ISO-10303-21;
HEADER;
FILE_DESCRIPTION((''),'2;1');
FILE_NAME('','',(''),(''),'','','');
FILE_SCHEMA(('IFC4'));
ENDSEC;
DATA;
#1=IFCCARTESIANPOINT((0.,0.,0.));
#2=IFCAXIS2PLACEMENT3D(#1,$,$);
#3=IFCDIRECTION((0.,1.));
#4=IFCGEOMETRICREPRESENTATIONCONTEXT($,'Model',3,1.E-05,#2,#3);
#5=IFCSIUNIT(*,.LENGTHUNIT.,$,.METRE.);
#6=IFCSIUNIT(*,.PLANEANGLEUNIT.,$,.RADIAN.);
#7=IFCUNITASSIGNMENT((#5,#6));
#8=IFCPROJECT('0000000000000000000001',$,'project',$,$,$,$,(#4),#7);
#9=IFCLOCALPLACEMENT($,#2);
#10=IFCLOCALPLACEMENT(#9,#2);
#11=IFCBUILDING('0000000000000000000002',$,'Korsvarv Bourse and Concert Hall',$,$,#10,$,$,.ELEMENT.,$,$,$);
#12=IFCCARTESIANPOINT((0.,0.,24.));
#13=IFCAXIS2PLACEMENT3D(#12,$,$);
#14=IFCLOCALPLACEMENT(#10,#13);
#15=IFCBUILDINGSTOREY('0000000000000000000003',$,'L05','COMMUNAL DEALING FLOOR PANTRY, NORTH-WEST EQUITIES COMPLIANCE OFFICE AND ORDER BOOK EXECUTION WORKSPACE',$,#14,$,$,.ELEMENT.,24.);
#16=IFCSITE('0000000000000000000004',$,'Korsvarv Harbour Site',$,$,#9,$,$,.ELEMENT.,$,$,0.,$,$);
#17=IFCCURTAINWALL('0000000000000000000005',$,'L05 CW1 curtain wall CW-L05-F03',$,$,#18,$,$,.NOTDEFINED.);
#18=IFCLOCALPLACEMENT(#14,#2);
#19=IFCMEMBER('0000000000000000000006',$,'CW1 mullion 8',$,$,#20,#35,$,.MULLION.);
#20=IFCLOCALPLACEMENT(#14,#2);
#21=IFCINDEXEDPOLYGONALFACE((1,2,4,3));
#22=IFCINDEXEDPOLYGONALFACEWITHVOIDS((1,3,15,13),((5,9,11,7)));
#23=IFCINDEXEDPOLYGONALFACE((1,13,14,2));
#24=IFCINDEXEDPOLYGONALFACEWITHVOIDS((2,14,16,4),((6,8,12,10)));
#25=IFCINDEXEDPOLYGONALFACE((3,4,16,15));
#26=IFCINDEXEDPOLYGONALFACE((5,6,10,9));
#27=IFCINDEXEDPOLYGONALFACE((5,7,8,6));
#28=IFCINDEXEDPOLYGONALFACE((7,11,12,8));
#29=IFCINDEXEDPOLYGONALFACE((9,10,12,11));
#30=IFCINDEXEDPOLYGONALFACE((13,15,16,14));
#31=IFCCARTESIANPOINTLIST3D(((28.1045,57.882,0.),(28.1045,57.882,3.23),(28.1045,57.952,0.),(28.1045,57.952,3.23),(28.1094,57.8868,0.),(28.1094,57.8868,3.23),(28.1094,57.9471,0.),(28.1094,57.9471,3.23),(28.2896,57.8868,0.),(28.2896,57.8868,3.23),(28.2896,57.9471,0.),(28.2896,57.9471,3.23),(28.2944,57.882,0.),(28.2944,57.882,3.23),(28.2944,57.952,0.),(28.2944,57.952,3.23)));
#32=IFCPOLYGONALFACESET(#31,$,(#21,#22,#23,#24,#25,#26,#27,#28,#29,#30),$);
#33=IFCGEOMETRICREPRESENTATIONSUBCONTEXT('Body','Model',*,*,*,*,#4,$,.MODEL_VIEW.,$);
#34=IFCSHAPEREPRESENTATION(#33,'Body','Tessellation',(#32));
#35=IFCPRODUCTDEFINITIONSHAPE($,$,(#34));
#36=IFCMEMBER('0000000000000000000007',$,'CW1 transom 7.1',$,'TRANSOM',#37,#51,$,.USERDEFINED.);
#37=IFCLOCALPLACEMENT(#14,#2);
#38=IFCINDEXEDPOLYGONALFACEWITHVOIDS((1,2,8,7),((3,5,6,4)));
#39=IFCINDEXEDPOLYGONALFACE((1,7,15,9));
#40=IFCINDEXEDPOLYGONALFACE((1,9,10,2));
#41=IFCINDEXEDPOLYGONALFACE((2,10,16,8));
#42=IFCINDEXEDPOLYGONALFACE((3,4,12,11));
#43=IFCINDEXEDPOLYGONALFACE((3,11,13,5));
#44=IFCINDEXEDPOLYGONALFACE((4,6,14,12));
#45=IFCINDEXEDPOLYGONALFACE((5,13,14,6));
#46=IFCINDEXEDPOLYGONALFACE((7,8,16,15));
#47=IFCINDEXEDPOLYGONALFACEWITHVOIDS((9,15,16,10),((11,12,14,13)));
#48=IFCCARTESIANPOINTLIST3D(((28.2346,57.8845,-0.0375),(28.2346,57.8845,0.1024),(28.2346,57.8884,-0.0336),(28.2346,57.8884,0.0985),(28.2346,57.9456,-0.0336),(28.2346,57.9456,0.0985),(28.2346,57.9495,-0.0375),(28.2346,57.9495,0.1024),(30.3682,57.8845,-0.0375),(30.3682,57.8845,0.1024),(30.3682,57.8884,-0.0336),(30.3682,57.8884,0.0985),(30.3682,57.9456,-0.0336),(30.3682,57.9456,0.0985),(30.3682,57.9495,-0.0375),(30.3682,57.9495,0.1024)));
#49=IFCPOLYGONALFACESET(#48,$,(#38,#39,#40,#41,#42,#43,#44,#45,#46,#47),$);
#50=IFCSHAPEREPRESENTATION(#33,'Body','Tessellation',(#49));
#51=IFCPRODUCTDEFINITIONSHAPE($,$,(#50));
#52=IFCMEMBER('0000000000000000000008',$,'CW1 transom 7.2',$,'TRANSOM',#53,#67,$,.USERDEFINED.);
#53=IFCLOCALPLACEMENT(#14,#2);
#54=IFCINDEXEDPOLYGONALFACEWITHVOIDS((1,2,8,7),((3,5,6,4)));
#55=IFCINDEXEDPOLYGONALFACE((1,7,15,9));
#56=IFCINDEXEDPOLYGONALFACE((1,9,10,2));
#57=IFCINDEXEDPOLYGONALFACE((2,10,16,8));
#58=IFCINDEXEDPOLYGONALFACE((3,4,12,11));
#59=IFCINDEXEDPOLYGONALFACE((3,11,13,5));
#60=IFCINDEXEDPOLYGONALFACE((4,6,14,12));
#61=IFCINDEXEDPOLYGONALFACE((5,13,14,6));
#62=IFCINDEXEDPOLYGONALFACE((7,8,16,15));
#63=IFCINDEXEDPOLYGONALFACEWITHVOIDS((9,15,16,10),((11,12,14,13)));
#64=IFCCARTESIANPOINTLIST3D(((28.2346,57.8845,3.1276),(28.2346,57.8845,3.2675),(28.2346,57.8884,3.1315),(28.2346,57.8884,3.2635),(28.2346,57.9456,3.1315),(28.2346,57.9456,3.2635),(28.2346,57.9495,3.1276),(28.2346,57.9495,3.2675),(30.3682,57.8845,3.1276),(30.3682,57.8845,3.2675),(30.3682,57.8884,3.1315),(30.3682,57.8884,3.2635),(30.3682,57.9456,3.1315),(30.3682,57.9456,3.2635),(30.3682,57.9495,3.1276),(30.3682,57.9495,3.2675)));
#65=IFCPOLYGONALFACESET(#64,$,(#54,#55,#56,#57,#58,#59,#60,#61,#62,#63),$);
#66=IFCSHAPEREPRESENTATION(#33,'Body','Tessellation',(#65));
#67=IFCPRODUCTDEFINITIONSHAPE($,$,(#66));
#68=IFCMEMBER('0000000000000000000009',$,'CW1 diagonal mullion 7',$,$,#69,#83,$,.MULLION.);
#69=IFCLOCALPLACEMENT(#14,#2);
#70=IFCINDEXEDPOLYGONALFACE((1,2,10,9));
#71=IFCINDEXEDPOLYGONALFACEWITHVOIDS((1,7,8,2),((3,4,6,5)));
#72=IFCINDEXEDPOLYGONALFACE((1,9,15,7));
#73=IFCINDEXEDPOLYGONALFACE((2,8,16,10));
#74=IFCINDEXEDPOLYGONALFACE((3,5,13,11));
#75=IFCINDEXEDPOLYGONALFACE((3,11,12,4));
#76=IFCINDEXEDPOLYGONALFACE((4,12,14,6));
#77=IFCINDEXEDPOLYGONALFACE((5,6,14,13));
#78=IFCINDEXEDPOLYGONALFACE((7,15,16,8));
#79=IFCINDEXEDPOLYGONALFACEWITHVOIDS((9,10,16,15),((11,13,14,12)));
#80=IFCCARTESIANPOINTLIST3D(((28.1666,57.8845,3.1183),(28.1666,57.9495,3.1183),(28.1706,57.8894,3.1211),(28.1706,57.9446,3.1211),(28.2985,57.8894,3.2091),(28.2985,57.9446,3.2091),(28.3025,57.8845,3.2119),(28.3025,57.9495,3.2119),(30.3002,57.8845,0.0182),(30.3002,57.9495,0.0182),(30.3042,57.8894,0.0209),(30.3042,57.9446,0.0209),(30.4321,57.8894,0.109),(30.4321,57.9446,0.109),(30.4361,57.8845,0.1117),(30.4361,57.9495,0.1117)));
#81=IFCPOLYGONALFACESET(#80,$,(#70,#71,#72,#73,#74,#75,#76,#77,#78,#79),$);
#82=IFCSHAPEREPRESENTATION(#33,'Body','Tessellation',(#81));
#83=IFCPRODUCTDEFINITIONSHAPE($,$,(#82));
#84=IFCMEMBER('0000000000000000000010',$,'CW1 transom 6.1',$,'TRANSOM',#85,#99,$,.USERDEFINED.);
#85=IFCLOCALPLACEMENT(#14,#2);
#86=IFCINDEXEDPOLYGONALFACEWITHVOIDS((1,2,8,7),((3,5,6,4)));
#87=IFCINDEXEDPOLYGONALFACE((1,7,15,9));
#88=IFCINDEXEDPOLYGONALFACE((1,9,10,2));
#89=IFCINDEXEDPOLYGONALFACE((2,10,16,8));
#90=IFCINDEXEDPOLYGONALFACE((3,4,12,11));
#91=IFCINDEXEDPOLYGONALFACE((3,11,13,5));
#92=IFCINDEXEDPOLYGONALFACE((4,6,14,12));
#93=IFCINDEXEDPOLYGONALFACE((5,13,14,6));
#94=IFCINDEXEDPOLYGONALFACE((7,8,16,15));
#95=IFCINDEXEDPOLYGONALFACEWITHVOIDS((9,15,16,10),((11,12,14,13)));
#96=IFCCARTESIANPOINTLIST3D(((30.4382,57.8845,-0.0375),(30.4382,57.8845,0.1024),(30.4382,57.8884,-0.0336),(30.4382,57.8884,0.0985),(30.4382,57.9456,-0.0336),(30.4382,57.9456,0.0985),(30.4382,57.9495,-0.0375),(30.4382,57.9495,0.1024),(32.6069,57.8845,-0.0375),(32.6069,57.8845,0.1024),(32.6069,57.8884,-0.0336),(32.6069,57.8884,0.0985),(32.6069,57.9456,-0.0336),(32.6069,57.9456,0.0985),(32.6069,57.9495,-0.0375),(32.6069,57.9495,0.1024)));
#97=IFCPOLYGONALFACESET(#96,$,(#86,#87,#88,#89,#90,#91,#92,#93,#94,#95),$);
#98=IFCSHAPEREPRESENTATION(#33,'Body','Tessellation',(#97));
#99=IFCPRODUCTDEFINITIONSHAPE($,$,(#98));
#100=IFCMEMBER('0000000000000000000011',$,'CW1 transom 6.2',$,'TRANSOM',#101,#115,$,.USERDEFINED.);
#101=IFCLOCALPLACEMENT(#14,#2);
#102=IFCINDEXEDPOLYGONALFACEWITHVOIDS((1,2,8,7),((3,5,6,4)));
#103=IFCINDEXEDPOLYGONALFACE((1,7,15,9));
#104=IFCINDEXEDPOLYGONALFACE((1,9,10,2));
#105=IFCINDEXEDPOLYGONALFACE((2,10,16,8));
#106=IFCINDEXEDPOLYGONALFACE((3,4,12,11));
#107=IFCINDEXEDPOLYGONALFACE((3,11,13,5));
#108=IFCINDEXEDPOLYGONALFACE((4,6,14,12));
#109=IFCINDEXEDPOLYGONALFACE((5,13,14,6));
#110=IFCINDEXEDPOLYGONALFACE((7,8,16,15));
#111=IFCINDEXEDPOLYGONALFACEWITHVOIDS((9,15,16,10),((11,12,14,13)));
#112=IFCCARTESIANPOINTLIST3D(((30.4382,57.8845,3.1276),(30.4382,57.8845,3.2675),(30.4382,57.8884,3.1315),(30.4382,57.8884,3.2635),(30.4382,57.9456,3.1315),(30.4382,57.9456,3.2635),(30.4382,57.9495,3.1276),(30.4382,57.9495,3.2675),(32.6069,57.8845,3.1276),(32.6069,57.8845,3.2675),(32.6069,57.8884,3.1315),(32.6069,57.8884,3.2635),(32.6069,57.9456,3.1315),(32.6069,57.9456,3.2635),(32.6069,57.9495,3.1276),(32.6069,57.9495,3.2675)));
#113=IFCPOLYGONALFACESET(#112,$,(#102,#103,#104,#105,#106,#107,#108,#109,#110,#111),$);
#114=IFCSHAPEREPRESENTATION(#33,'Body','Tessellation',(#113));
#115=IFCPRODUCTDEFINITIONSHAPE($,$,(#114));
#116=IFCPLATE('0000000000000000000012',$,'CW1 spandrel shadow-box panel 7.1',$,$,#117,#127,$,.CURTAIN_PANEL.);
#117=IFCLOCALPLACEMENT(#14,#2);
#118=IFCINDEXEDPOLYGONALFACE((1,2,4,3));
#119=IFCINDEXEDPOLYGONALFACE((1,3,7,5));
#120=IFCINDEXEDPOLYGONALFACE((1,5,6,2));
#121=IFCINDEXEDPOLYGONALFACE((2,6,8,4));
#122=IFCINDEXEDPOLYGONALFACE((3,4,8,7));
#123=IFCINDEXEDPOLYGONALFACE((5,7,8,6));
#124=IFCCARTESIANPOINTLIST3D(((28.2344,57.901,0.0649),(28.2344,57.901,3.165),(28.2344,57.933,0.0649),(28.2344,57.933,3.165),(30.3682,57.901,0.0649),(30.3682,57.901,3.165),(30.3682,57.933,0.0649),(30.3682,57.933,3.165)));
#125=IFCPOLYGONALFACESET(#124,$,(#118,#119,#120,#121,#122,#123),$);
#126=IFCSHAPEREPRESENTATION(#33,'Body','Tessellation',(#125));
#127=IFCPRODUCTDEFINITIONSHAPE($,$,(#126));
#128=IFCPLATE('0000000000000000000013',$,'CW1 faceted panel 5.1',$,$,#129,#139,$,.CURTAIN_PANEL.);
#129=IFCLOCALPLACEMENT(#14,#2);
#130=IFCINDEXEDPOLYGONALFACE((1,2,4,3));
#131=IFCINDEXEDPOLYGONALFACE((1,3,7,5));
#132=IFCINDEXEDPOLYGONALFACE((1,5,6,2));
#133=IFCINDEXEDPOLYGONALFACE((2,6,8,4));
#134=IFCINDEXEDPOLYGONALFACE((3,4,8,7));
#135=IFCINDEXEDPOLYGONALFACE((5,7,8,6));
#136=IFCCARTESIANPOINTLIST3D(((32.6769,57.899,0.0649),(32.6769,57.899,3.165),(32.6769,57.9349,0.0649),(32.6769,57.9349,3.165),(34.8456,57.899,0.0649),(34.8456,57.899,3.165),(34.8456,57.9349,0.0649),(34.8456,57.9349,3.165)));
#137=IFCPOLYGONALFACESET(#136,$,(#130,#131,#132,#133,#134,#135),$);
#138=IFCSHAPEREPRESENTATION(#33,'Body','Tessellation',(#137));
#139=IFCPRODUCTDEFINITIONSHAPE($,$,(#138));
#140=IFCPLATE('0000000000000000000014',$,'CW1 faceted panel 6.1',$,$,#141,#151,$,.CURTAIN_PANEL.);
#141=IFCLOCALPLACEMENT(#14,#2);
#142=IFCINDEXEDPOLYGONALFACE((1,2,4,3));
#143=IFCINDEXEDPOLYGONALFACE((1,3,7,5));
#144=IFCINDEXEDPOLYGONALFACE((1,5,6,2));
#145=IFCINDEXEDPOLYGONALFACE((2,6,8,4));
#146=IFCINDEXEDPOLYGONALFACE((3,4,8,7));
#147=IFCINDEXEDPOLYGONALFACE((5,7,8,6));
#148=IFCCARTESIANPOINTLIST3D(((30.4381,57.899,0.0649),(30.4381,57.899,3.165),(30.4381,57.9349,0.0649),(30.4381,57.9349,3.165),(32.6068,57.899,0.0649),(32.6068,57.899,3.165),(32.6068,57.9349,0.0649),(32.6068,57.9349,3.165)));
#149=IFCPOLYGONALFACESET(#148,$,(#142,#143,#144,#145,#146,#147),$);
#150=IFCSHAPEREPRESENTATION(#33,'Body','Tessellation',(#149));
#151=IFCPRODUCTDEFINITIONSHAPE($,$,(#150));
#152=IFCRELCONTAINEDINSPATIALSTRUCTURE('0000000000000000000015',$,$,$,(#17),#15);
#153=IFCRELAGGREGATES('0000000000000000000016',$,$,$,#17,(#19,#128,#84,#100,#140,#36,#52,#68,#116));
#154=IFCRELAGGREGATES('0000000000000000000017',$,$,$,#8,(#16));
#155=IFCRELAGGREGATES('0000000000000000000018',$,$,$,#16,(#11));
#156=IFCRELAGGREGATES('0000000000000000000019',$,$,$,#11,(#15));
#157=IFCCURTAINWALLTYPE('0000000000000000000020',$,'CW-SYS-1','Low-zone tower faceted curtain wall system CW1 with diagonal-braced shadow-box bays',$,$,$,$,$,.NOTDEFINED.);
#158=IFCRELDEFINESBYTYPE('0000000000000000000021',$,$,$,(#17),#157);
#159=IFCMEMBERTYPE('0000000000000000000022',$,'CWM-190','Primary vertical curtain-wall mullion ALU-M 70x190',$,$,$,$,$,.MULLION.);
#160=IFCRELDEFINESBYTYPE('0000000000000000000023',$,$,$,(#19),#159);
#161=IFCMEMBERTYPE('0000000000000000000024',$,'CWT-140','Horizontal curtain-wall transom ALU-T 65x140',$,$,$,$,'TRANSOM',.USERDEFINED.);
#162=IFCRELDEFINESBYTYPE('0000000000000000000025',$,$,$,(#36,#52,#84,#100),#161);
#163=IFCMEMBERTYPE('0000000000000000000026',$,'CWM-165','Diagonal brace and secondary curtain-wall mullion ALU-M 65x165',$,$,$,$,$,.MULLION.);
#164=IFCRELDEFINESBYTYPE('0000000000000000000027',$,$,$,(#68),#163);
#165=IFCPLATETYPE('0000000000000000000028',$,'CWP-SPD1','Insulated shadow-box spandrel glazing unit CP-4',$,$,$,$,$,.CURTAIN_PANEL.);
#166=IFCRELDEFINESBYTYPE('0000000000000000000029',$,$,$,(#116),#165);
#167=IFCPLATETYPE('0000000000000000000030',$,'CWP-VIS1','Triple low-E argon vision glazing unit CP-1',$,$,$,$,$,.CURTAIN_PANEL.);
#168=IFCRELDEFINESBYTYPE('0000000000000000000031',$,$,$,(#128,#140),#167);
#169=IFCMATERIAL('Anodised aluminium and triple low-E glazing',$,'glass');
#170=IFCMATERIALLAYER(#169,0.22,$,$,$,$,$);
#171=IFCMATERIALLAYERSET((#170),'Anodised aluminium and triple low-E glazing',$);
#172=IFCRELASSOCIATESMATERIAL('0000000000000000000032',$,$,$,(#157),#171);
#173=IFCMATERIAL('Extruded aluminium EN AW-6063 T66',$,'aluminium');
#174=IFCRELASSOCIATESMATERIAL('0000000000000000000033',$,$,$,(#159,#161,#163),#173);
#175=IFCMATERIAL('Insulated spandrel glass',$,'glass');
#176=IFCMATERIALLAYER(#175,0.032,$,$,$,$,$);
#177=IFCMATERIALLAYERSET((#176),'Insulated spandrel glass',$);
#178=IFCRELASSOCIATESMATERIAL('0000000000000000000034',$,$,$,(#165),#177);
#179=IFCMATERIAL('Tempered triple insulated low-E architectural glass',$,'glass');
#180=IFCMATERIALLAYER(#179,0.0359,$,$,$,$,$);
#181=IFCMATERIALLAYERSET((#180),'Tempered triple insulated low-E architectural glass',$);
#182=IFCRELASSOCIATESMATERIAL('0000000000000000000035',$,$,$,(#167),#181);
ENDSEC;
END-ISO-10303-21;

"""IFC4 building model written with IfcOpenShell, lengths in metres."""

from ifc_helpers import new_model, si_unit, direction, frame, origin, origin_2d, place, context, subcontext, project, spatial, rectangle, hollow_rectangle, extrude, source, transform, mapped, material, layer, layer_set, material_profile, profile_set, type_object, element, aggregate, save


model = new_model("IFC4")

# Units and contexts
model_context = context("Model", 3, precision=1e-05, world=origin(), true_north=direction((0.0, 1.0)))
body_context = subcontext(model_context, "Body", "Model", "MODEL_VIEW")
ifc_project = project(units=[si_unit("LENGTHUNIT", "METRE"), si_unit("PLANEANGLEUNIT", "RADIAN")], contexts=[model_context])

# Site, building, storey
site_placement = place(None, origin())
site = spatial("IfcSite", under=ifc_project, at=site_placement, Name="Korsvarv Harbour Site", CompositionType="ELEMENT", RefElevation=0.0)
building_placement = place(site_placement, origin())
building = spatial("IfcBuilding", under=site, at=building_placement, Name="Korsvarv Bourse and Concert Hall", CompositionType="ELEMENT")
storey_placement = place(building_placement, frame((0.0, 0.0, 24.0)))
storey = spatial("IfcBuildingStorey", under=building, at=storey_placement, Name="L05", Description="COMMUNAL DEALING FLOOR PANTRY, NORTH-WEST EQUITIES COMPLIANCE OFFICE AND ORDER BOOK EXECUTION WORKSPACE", CompositionType="ELEMENT", Elevation=24.0)

# Curtain wall, members, plates
ifc_material_1 = material(Name="Anodised aluminium and triple low-E glazing", Category="glass")
ifc_layer_1 = layer(ifc_material_1, 0.22)
ifc_layer_set_1 = layer_set([ifc_layer_1], Name="Anodised aluminium and triple low-E glazing")
curtain_wall_type = type_object("IfcCurtainWallType", Name="CW-SYS-1", Description="Low-zone tower faceted curtain wall system CW1 with diagonal-braced shadow-box bays", PredefinedType="NOTDEFINED", material=ifc_layer_set_1)
curtain_wall_placement = place(storey_placement, origin())
curtain_wall = element("IfcCurtainWall", 1, at=curtain_wall_placement, inside=storey, type_object=curtain_wall_type, Name="L05 CW1 curtain wall CW-L05-F03", PredefinedType="NOTDEFINED")
ifc_material_2 = material(Name="Extruded aluminium EN AW-6063 T66", Category="aluminium")
ifc_material_profile_1 = material_profile(ifc_material_2, hollow_rectangle(XDim=0.0701, YDim=0.1899, WallThickness=0.0049, at=origin_2d()), Name="ALU-M 70x190")
ifc_profile_set_1 = profile_set([ifc_material_profile_1], Name="Extruded aluminium EN AW-6063 T66")
member_type_1 = type_object("IfcMemberType", Name="CWM-190", Description="Primary vertical curtain-wall mullion ALU-M 70x190", PredefinedType="MULLION", material=ifc_profile_set_1)
shared_shape_1 = source(origin(), body_context, "Body", "SweptSolid", [
    extrude(hollow_rectangle(XDim=0.0701, YDim=0.1899, WallThickness=0.0049, at=origin_2d()), origin(), (0.0, 0.0, 1.0), 3.23),
])
member_1_placement = place(storey_placement, frame((28.1995, 57.917, 0.0), z_axis=(0.0, 0.0, 1.0), x_axis=(0.0, -1.0, 0.0)))
member_1 = element("IfcMember", 2, at=member_1_placement, type_object=member_type_1, Name="CW1 mullion 8", PredefinedType="MULLION", context=body_context, shape_type="MappedRepresentation", body=[
    mapped(shared_shape_1, transform((0.0, 0.0, 0.0), scale=1.0)),
])
ifc_material_profile_2 = material_profile(ifc_material_2, hollow_rectangle(XDim=0.0649, YDim=0.1399, WallThickness=0.0039, at=origin_2d()), Name="ALU-T 65x140")
ifc_profile_set_2 = profile_set([ifc_material_profile_2], Name="Extruded aluminium EN AW-6063 T66")
member_type_2 = type_object("IfcMemberType", Name="CWT-140", Description="Horizontal curtain-wall transom ALU-T 65x140", ElementType="TRANSOM", PredefinedType="USERDEFINED", material=ifc_profile_set_2)
shared_shape_2 = source(origin(), body_context, "Body", "SweptSolid", [
    extrude(hollow_rectangle(XDim=0.0649, YDim=0.1399, WallThickness=0.0039, at=origin_2d()), origin(), (0.0, 0.0, 1.0), 2.1335),
])
member_2_placement = place(storey_placement, frame((30.3682, 57.917, 0.0325), z_axis=(-1.0, 0.0, 0.0), x_axis=(0.0, -1.0, 0.0)))
member_2 = element("IfcMember", 3, at=member_2_placement, type_object=member_type_2, Name="CW1 transom 7.1", ObjectType="TRANSOM", PredefinedType="USERDEFINED", context=body_context, shape_type="MappedRepresentation", body=[
    mapped(shared_shape_2, transform((0.0, 0.0, 0.0), scale=1.0)),
])
member_3_placement = place(storey_placement, frame((30.3682, 57.917, 3.1975), z_axis=(-1.0, 0.0, 0.0), x_axis=(0.0, -1.0, 0.0)))
member_3 = element("IfcMember", 4, at=member_3_placement, type_object=member_type_2, Name="CW1 transom 7.2", ObjectType="TRANSOM", PredefinedType="USERDEFINED", context=body_context, shape_type="MappedRepresentation", body=[
    mapped(shared_shape_2, transform((0.0, 0.0, 0.0), scale=1.0)),
])
ifc_material_profile_3 = material_profile(ifc_material_2, hollow_rectangle(XDim=0.0649, YDim=0.165, WallThickness=0.0049, at=origin_2d()), Name="ALU-M 65x165")
ifc_profile_set_3 = profile_set([ifc_material_profile_3], Name="Extruded aluminium EN AW-6063 T66")
member_type_3 = type_object("IfcMemberType", Name="CWM-165", Description="Diagonal brace and secondary curtain-wall mullion ALU-M 65x165", PredefinedType="MULLION", material=ifc_profile_set_3)
shared_shape_3 = source(origin(), body_context, "Body", "SweptSolid", [
    extrude(hollow_rectangle(XDim=0.0649, YDim=0.165, WallThickness=0.0049, at=origin_2d()), origin(), (0.0, 0.0, 1.0), 3.7634),
])
member_4_placement = place(storey_placement, frame((30.3682, 57.917, 0.0649), z_axis=(-0.566931, 0.0, 0.823765), x_axis=(0.0, -1.0, 0.0)))
member_4 = element("IfcMember", 5, at=member_4_placement, type_object=member_type_3, Name="CW1 diagonal mullion 7", PredefinedType="MULLION", context=body_context, shape_type="MappedRepresentation", body=[
    mapped(shared_shape_3, transform((0.0, 0.0, 0.0), scale=1.0)),
])
shared_shape_4 = source(origin(), body_context, "Body", "SweptSolid", [
    extrude(hollow_rectangle(XDim=0.0649, YDim=0.1399, WallThickness=0.0039, at=origin_2d()), origin(), (0.0, 0.0, 1.0), 2.1687),
])
member_5_placement = place(storey_placement, frame((32.6069, 57.917, 0.0325), z_axis=(-1.0, 0.0, 0.0), x_axis=(0.0, -1.0, 0.0)))
member_5 = element("IfcMember", 6, at=member_5_placement, type_object=member_type_2, Name="CW1 transom 6.1", ObjectType="TRANSOM", PredefinedType="USERDEFINED", context=body_context, shape_type="MappedRepresentation", body=[
    mapped(shared_shape_4, transform((0.0, 0.0, 0.0), scale=1.0)),
])
member_6_placement = place(storey_placement, frame((32.6069, 57.917, 3.1975), z_axis=(-1.0, 0.0, 0.0), x_axis=(0.0, -1.0, 0.0)))
member_6 = element("IfcMember", 7, at=member_6_placement, type_object=member_type_2, Name="CW1 transom 6.2", ObjectType="TRANSOM", PredefinedType="USERDEFINED", context=body_context, shape_type="MappedRepresentation", body=[
    mapped(shared_shape_4, transform((0.0, 0.0, 0.0), scale=1.0)),
])
ifc_material_3 = material(Name="Insulated spandrel glass", Category="glass")
ifc_layer_2 = layer(ifc_material_3, 0.032)
ifc_layer_set_2 = layer_set([ifc_layer_2], Name="Insulated spandrel glass")
plate_type_1 = type_object("IfcPlateType", Name="CWP-SPD1", Description="Insulated shadow-box spandrel glazing unit CP-4", PredefinedType="CURTAIN_PANEL", material=ifc_layer_set_2)
shared_shape_5 = source(origin(), body_context, "Body", "SweptSolid", [
    extrude(rectangle(XDim=2.1338, YDim=0.032, at=origin_2d()), origin(), (0.0, 0.0, 1.0), 3.1001),
])
plate_1_placement = place(storey_placement, frame((29.3013, 57.917, 0.0649), z_axis=(0.0, 0.0, 1.0), x_axis=(-1.0, 0.0, 0.0)))
plate_1 = element("IfcPlate", 8, at=plate_1_placement, type_object=plate_type_1, Name="CW1 spandrel shadow-box panel 7.1", PredefinedType="CURTAIN_PANEL", context=body_context, shape_type="MappedRepresentation", body=[
    mapped(shared_shape_5, transform((0.0, 0.0, 0.0), scale=1.0)),
])
ifc_material_4 = material(Name="Tempered triple insulated low-E architectural glass", Category="glass")
ifc_layer_3 = layer(ifc_material_4, 0.0359)
ifc_layer_set_3 = layer_set([ifc_layer_3], Name="Tempered triple insulated low-E architectural glass")
plate_type_2 = type_object("IfcPlateType", Name="CWP-VIS1", Description="Triple low-E argon vision glazing unit CP-1", PredefinedType="CURTAIN_PANEL", material=ifc_layer_set_3)
shared_shape_6 = source(origin(), body_context, "Body", "SweptSolid", [
    extrude(rectangle(XDim=2.1687, YDim=0.0359, at=origin_2d()), origin(), (0.0, 0.0, 1.0), 3.1001),
])
plate_2_placement = place(storey_placement, frame((33.7612, 57.917, 0.0649), z_axis=(0.0, 0.0, 1.0), x_axis=(-1.0, 0.0, 0.0)))
plate_2 = element("IfcPlate", 9, at=plate_2_placement, type_object=plate_type_2, Name="CW1 faceted panel 5.1", PredefinedType="CURTAIN_PANEL", context=body_context, shape_type="MappedRepresentation", body=[
    mapped(shared_shape_6, transform((0.0, 0.0, 0.0), scale=1.0)),
])
plate_3_placement = place(storey_placement, frame((31.5225, 57.917, 0.0649), z_axis=(0.0, 0.0, 1.0), x_axis=(-1.0, 0.0, 0.0)))
plate_3 = element("IfcPlate", 10, at=plate_3_placement, type_object=plate_type_2, Name="CW1 faceted panel 6.1", PredefinedType="CURTAIN_PANEL", context=body_context, shape_type="MappedRepresentation", body=[
    mapped(shared_shape_6, transform((0.0, 0.0, 0.0), scale=1.0)),
])
aggregate(curtain_wall, [member_1, plate_2, member_5, member_6, plate_3, member_2, member_3, member_4, plate_1])

save(model, "model.ifc")
